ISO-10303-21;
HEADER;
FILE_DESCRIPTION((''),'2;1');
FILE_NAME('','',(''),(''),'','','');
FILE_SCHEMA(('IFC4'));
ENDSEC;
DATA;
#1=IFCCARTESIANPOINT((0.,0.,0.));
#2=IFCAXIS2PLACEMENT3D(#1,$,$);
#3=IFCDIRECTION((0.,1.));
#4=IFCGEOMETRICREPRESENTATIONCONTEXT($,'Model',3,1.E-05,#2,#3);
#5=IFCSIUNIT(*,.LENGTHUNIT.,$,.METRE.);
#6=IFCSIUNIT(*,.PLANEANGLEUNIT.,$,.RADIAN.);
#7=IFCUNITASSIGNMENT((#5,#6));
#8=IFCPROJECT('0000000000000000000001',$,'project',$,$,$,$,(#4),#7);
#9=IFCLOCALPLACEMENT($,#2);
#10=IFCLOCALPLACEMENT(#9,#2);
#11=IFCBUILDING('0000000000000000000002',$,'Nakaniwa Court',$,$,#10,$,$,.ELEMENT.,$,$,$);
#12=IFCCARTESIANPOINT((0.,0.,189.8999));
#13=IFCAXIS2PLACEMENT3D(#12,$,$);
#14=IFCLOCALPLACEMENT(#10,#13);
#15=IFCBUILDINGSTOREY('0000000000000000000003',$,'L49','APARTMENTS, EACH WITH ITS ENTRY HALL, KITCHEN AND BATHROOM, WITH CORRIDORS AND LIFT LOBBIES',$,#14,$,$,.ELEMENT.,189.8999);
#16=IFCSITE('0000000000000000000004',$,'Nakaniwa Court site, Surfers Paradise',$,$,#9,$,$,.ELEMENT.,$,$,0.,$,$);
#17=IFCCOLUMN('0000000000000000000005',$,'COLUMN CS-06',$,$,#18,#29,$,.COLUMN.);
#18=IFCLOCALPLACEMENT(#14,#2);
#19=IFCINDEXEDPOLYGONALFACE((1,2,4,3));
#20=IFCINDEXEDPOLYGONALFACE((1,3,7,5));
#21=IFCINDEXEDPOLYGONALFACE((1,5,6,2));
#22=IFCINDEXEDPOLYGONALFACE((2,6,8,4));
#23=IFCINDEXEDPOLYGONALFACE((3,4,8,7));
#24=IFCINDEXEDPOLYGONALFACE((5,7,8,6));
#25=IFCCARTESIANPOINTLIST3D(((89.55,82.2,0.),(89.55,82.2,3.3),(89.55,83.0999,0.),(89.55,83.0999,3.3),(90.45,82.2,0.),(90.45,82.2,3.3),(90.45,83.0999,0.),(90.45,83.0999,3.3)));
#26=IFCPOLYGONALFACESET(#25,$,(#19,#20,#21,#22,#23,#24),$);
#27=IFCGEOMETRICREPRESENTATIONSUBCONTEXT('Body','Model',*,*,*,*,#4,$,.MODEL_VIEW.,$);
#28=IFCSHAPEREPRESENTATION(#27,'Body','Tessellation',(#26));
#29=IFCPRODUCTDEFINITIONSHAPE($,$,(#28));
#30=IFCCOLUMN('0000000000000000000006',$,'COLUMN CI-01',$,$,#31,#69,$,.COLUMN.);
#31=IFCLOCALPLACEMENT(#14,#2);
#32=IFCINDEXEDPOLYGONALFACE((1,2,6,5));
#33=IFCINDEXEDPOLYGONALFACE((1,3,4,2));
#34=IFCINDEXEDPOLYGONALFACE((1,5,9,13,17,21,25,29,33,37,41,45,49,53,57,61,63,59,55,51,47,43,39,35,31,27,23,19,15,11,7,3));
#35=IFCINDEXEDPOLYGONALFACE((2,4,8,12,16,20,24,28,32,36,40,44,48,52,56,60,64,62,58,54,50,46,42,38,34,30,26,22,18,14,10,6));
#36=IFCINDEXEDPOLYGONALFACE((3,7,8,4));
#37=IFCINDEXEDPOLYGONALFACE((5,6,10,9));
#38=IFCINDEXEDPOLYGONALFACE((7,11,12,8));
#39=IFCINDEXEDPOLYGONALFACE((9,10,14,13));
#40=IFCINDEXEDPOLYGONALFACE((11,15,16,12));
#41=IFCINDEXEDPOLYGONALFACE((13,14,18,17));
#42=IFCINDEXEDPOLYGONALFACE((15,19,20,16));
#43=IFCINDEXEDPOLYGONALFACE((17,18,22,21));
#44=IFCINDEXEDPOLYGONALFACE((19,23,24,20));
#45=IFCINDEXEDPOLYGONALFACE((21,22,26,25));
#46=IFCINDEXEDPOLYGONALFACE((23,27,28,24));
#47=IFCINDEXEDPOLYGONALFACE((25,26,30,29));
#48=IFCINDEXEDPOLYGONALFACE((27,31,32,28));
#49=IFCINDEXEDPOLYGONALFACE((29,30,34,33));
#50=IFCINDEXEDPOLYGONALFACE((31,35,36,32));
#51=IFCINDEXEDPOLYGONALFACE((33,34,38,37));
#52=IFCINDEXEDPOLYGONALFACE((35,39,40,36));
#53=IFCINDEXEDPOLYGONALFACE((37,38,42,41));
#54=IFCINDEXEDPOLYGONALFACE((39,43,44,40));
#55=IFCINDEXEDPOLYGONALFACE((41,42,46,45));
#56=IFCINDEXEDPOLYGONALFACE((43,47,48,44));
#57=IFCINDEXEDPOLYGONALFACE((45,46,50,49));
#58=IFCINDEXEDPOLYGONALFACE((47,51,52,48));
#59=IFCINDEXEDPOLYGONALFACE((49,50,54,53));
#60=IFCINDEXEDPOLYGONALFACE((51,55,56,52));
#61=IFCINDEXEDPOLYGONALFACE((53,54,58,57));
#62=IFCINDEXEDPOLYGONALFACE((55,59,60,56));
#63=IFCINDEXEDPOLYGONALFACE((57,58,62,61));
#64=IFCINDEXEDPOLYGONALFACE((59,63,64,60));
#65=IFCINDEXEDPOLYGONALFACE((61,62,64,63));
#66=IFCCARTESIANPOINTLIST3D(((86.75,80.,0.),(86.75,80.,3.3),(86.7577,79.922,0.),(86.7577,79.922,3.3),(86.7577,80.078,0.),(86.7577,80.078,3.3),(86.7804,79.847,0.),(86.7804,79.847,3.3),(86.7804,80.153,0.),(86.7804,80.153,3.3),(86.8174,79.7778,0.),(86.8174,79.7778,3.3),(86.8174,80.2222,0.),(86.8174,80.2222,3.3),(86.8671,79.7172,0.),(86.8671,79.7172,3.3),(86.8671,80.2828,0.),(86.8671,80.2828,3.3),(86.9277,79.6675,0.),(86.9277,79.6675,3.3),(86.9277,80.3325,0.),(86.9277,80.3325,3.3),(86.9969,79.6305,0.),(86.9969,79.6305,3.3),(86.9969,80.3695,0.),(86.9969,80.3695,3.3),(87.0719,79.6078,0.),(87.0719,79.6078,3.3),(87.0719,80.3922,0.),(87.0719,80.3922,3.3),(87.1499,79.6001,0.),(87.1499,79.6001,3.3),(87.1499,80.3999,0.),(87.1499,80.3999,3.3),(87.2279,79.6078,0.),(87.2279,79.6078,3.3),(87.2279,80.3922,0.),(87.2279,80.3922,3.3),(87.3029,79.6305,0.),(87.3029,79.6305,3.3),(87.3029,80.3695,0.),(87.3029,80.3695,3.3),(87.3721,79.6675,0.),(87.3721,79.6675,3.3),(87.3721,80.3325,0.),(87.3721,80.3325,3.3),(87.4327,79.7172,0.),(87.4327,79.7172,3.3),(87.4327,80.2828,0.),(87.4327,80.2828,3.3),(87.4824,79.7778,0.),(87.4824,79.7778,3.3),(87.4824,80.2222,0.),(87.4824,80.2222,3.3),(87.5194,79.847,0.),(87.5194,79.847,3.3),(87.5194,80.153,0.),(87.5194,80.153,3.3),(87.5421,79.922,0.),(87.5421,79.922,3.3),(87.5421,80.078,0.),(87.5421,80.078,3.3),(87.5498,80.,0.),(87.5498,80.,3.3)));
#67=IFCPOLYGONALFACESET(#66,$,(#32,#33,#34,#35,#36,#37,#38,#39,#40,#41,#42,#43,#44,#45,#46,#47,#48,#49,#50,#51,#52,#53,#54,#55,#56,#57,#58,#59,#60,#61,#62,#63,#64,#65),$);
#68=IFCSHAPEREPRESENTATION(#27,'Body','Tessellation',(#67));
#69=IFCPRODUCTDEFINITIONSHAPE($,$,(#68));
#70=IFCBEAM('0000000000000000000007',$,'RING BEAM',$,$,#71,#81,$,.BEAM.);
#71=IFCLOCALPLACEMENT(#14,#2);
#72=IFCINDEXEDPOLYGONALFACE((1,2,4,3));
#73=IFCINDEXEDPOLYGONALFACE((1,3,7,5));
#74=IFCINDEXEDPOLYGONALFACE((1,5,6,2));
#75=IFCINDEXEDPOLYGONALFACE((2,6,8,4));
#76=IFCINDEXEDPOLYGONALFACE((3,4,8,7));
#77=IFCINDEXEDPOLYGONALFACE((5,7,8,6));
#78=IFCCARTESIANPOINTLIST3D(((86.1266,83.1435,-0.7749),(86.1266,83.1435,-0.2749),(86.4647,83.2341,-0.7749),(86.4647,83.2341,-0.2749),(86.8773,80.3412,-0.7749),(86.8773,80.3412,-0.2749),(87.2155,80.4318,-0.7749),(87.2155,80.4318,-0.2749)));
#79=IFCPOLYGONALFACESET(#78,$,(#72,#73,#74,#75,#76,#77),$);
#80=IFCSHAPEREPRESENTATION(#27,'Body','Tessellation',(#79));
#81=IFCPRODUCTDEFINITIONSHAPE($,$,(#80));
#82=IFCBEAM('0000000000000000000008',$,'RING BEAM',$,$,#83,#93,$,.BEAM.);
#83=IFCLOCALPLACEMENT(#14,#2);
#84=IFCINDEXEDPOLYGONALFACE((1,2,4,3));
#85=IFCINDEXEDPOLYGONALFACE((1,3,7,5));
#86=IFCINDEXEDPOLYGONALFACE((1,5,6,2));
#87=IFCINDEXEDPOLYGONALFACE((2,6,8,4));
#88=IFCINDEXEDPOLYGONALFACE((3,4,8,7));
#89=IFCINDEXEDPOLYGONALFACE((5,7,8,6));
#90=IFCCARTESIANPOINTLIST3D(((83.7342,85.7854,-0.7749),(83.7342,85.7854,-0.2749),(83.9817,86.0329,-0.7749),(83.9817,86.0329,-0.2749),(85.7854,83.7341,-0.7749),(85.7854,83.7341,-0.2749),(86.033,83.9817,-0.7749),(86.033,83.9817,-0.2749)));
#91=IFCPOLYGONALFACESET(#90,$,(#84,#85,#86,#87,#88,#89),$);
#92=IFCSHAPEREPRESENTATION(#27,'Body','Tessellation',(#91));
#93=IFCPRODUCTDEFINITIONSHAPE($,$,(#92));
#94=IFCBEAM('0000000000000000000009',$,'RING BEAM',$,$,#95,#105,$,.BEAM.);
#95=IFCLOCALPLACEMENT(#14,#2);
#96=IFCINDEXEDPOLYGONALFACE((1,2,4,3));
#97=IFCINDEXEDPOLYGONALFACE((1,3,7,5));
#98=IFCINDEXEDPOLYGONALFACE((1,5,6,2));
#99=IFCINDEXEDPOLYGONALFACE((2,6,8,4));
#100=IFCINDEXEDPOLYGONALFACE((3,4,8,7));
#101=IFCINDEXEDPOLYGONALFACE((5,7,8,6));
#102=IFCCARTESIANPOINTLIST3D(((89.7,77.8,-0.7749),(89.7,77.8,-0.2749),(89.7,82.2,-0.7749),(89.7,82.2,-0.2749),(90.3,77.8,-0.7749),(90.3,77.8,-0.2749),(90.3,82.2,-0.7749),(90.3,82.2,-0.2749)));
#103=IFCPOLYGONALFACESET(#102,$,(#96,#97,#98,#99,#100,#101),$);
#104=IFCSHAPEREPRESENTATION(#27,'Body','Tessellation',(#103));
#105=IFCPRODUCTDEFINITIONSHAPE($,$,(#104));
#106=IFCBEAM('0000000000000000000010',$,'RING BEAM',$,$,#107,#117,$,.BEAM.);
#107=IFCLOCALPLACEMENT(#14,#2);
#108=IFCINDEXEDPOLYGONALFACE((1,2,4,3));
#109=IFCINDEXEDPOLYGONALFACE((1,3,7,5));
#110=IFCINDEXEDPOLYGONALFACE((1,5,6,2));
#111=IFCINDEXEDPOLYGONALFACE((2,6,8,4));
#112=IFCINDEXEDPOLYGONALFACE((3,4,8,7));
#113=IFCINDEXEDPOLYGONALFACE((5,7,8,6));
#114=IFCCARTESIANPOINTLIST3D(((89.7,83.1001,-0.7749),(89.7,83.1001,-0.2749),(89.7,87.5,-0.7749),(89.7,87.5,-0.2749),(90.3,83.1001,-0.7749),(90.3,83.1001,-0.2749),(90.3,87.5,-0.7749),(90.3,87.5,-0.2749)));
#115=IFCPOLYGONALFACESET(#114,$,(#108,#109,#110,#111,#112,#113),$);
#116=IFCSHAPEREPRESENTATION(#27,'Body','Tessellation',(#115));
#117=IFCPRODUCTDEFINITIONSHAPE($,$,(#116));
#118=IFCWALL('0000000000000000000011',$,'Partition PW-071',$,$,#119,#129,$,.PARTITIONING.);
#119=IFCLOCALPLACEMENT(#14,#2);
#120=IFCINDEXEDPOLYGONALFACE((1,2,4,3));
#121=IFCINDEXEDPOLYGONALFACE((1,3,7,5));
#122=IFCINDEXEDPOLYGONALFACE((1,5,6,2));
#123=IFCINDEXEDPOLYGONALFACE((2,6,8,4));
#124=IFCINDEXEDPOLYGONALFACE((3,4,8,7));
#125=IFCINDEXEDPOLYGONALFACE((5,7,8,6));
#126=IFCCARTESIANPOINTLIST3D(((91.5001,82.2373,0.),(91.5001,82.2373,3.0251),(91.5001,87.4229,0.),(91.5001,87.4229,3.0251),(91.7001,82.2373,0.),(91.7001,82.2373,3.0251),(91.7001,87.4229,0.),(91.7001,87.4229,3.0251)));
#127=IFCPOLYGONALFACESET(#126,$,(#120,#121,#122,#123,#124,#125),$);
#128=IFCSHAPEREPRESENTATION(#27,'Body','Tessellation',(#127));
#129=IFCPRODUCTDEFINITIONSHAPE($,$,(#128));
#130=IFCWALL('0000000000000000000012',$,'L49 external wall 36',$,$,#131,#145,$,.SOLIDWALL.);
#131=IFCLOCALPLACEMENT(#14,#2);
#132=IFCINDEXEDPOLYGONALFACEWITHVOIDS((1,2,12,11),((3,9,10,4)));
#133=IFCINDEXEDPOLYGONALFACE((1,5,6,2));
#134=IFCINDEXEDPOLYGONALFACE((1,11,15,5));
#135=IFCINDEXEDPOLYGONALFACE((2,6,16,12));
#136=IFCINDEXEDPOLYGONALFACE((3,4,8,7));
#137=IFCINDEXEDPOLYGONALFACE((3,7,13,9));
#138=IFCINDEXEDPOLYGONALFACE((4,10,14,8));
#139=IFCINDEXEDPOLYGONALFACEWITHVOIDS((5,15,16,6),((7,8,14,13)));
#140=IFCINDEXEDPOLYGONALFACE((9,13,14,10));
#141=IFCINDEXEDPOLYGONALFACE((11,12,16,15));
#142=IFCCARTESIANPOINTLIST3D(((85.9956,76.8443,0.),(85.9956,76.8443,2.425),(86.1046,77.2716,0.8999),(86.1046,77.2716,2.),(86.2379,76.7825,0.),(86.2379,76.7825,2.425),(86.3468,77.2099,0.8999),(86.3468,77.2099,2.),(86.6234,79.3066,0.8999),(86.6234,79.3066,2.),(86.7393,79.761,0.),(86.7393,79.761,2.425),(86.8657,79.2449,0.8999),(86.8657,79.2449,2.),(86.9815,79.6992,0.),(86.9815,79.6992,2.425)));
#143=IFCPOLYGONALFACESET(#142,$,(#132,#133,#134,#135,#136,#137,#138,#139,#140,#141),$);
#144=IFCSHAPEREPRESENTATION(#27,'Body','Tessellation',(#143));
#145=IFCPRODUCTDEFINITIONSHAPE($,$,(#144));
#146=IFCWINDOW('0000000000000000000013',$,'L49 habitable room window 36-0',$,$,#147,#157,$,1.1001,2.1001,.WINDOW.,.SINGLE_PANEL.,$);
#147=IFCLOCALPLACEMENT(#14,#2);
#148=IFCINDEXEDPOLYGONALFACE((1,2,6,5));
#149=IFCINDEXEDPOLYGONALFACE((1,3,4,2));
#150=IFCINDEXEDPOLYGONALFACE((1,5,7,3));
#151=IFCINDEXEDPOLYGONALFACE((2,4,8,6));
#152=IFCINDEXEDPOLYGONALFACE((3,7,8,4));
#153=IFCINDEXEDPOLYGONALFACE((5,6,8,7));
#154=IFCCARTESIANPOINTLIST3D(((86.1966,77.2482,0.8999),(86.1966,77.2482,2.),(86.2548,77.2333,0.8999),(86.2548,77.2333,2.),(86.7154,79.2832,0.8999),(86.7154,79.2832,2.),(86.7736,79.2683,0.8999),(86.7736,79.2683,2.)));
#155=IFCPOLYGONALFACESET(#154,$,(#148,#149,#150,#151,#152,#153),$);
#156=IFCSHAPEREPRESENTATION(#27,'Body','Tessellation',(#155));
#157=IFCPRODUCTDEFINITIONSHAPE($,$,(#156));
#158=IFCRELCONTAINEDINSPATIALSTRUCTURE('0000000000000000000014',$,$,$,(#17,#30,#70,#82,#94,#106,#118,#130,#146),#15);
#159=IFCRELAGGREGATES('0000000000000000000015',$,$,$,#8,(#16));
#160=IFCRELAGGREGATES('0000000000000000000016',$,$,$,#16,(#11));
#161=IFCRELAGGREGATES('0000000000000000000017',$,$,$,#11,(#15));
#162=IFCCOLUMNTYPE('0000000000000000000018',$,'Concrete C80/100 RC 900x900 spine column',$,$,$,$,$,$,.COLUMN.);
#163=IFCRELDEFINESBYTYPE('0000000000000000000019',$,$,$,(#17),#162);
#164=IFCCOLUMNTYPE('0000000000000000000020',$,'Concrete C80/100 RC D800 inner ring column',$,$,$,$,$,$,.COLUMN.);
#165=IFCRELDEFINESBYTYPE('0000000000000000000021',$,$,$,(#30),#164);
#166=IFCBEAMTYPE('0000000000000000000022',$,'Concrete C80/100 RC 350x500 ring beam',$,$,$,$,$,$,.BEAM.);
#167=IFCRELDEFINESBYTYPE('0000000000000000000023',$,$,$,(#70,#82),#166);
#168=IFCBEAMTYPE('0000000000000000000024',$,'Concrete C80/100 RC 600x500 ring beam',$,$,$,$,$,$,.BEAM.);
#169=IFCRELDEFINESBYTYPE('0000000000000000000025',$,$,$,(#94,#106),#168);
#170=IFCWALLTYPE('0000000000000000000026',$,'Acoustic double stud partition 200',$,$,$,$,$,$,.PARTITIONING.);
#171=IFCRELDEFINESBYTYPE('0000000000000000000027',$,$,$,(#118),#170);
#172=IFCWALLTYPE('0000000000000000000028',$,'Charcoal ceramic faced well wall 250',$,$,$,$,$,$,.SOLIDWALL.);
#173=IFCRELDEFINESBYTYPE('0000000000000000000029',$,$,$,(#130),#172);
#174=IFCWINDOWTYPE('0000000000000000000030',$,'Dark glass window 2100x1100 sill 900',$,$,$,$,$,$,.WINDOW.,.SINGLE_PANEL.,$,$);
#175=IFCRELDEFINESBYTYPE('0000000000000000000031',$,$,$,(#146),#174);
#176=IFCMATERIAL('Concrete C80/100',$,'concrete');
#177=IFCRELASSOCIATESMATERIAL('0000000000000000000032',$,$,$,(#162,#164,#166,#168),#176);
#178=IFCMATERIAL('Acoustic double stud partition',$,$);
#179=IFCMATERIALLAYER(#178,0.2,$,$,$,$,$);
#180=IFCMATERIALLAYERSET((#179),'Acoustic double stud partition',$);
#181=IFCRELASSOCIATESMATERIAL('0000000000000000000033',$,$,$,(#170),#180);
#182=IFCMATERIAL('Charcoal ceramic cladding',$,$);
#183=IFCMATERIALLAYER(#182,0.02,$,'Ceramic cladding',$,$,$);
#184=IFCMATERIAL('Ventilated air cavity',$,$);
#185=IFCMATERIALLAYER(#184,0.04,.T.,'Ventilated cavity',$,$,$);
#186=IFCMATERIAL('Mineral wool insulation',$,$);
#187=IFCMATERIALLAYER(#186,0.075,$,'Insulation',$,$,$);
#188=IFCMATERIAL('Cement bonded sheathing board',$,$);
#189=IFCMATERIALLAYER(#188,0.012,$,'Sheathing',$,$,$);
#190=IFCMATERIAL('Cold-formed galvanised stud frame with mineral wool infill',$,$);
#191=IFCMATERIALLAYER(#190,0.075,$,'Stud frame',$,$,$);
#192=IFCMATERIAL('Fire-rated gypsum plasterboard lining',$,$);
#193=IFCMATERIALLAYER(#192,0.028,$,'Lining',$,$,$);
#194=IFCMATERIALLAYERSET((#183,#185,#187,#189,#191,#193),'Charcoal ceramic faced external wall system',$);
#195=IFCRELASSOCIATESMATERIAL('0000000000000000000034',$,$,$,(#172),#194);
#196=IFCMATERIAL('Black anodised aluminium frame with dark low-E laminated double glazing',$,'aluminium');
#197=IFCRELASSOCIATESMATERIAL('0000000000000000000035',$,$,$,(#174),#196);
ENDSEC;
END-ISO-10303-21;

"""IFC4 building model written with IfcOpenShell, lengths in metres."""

from ifc_helpers import new_model, si_unit, direction, frame, frame_2d, origin, origin_2d, place, context, subcontext, project, spatial, rectangle, circle, extrude, material, layer, layer_set, material_profile, profile_set, type_object, element, fill, save


model = new_model("IFC4")

# Units and contexts
model_context = context("Model", 3, precision=1e-05, world=origin(), true_north=direction((0.0, 1.0)))
body_context = subcontext(model_context, "Body", "Model", "MODEL_VIEW")
ifc_project = project(units=[si_unit("LENGTHUNIT", "METRE"), si_unit("PLANEANGLEUNIT", "RADIAN")], contexts=[model_context])

# Site, building, storey
site_placement = place(None, origin())
site = spatial("IfcSite", under=ifc_project, at=site_placement, Name="Nakaniwa Court site, Surfers Paradise", CompositionType="ELEMENT", RefElevation=0.0)
building_placement = place(site_placement, origin())
building = spatial("IfcBuilding", under=site, at=building_placement, Name="Nakaniwa Court", CompositionType="ELEMENT")
storey_placement = place(building_placement, frame((0.0, 0.0, 189.8999)))
storey = spatial("IfcBuildingStorey", under=building, at=storey_placement, Name="L49", Description="APARTMENTS, EACH WITH ITS ENTRY HALL, KITCHEN AND BATHROOM, WITH CORRIDORS AND LIFT LOBBIES", CompositionType="ELEMENT", Elevation=189.8999)

# Columns
ifc_material_1 = material(Name="Concrete C80/100", Category="concrete")
ifc_material_profile_1 = material_profile(ifc_material_1, rectangle(XDim=0.8999, YDim=0.8999, at=origin_2d()), Name="Concrete C80/100 RC 900x900 spine column")
ifc_profile_set_1 = profile_set([ifc_material_profile_1], Name="Concrete C80/100")
column_type_1 = type_object("IfcColumnType", Name="Concrete C80/100 RC 900x900 spine column", PredefinedType="COLUMN", material=ifc_profile_set_1)
column_placement = place(storey_placement, frame((90.0, 82.6499, 0.0), z_axis=(0.0, 0.0, 1.0), x_axis=(0.0, 1.0, 0.0)))
element("IfcColumn", 1, at=column_placement, inside=storey, type_object=column_type_1, Name="COLUMN CS-06", PredefinedType="COLUMN", context=body_context, shape_type="SweptSolid", body=[
    extrude(rectangle(XDim=0.8999, YDim=0.8999, at=origin_2d()), origin(), (0.0, 0.0, 1.0), 3.3),
])
ifc_material_profile_2 = material_profile(ifc_material_1, circle(Radius=0.3999, at=origin_2d()), Name="Concrete C80/100 RC D800 inner ring column")
ifc_profile_set_2 = profile_set([ifc_material_profile_2], Name="Concrete C80/100")
column_type_2 = type_object("IfcColumnType", Name="Concrete C80/100 RC D800 inner ring column", PredefinedType="COLUMN", material=ifc_profile_set_2)
for number, where, z_axis, x_axis, name in (
    (2, (87.1499, 80.0, 0.0), (0.0, 0.0, 1.0), (0.0, 1.0, 0.0), "COLUMN CI-01"),
):
    element("IfcColumn", number, at=place(storey_placement, frame(where, z_axis=z_axis, x_axis=x_axis)), inside=storey, type_object=column_type_2, Name=name, PredefinedType="COLUMN", context=body_context, shape_type="SweptSolid", body=[
        extrude(circle(Radius=0.3999, at=origin_2d()), origin(), (0.0, 0.0, 1.0), 3.3),
    ])

# Beams
ifc_material_profile_3 = material_profile(ifc_material_1, rectangle(XDim=0.3501, YDim=0.5, at=origin_2d()), Name="Concrete C80/100 RC 350x500 ring beam")
ifc_profile_set_3 = profile_set([ifc_material_profile_3], Name="Concrete C80/100")
beam_type_1 = type_object("IfcBeamType", Name="Concrete C80/100 RC 350x500 ring beam", PredefinedType="BEAM", material=ifc_profile_set_3)
beam_1_placement = place(storey_placement, frame((87.0464, 80.3865, -0.5249), z_axis=(-0.258778, 0.965937, 0.0), x_axis=(-0.965937, -0.258778, 0.0)))
element("IfcBeam", 3, at=beam_1_placement, inside=storey, type_object=beam_type_1, Name="RING BEAM", PredefinedType="BEAM", context=body_context, shape_type="SweptSolid", body=[
    extrude(rectangle(XDim=0.3501, YDim=0.5, at=origin_2d()), origin(), (0.0, 0.0, 1.0), 2.9011),
])
beam_2_placement = place(storey_placement, frame((85.9092, 83.8579, -0.5249), z_axis=(-0.707107, 0.707107, 0.0), x_axis=(-0.707107, -0.707107, 0.0)))
element("IfcBeam", 4, at=beam_2_placement, inside=storey, type_object=beam_type_1, Name="RING BEAM", PredefinedType="BEAM", context=body_context, shape_type="SweptSolid", body=[
    extrude(rectangle(XDim=0.3501, YDim=0.5, at=origin_2d()), origin(), (0.0, 0.0, 1.0), 2.9009),
])
ifc_material_profile_4 = material_profile(ifc_material_1, rectangle(XDim=0.6001, YDim=0.5, at=origin_2d()), Name="Concrete C80/100 RC 600x500 ring beam")
ifc_profile_set_4 = profile_set([ifc_material_profile_4], Name="Concrete C80/100")
beam_type_2 = type_object("IfcBeamType", Name="Concrete C80/100 RC 600x500 ring beam", PredefinedType="BEAM", material=ifc_profile_set_4)
for number, where, z_axis, x_axis, name in (
    (5, (90.0, 77.8, -0.5249), (0.0, 1.0, 0.0), (-1.0, 0.0, 0.0), "RING BEAM"),
    (6, (90.0, 83.1001, -0.5249), (0.0, 1.0, 0.0), (-1.0, 0.0, 0.0), "RING BEAM"),
):
    element("IfcBeam", number, at=place(storey_placement, frame(where, z_axis=z_axis, x_axis=x_axis)), inside=storey, type_object=beam_type_2, Name=name, PredefinedType="BEAM", context=body_context, shape_type="SweptSolid", body=[
        extrude(rectangle(XDim=0.6001, YDim=0.5, at=origin_2d()), origin(), (0.0, 0.0, 1.0), 4.3999),
    ])

# Wall
ifc_material_2 = material(Name="Acoustic double stud partition")
ifc_layer_1 = layer(ifc_material_2, 0.2)
ifc_layer_set_1 = layer_set([ifc_layer_1], Name="Acoustic double stud partition")
wall_type_1 = type_object("IfcWallType", Name="Acoustic double stud partition 200", PredefinedType="PARTITIONING", material=ifc_layer_set_1)
wall_1_placement = place(storey_placement, frame((91.6001, 82.2373, 0.0), z_axis=(0.0, 0.0, 1.0), x_axis=(0.0, 1.0, 0.0)))
element("IfcWall", 7, at=wall_1_placement, inside=storey, type_object=wall_type_1, Name="Partition PW-071", PredefinedType="PARTITIONING", context=body_context, shape_type="SweptSolid", body=[
    extrude(rectangle(XDim=5.1855, YDim=0.2, at=frame_2d((2.5928, 0.0))), origin(), (0.0, 0.0, 1.0), 3.0251),
])

# Wall, opening, window
ifc_material_3 = material(Name="Charcoal ceramic cladding")
ifc_layer_2 = layer(ifc_material_3, 0.02, Name="Ceramic cladding")
ifc_material_4 = material(Name="Ventilated air cavity")
ifc_layer_3 = layer(ifc_material_4, 0.04, ventilated=True, Name="Ventilated cavity")
ifc_material_5 = material(Name="Mineral wool insulation")
ifc_layer_4 = layer(ifc_material_5, 0.075, Name="Insulation")
ifc_material_6 = material(Name="Cement bonded sheathing board")
ifc_layer_5 = layer(ifc_material_6, 0.012, Name="Sheathing")
ifc_material_7 = material(Name="Cold-formed galvanised stud frame with mineral wool infill")
ifc_layer_6 = layer(ifc_material_7, 0.075, Name="Stud frame")
ifc_material_8 = material(Name="Fire-rated gypsum plasterboard lining")
ifc_layer_7 = layer(ifc_material_8, 0.028, Name="Lining")
ifc_layer_set_2 = layer_set([ifc_layer_2, ifc_layer_3, ifc_layer_4, ifc_layer_5, ifc_layer_6, ifc_layer_7], Name="Charcoal ceramic faced external wall system")
wall_type_2 = type_object("IfcWallType", Name="Charcoal ceramic faced well wall 250", PredefinedType="SOLIDWALL", material=ifc_layer_set_2)
wall_2_placement = place(storey_placement, frame((86.8604, 79.73, 0.0), z_axis=(0.0, 0.0, 1.0), x_axis=(-0.247056, -0.969001, 0.0)))
wall_2 = element("IfcWall", 8, at=wall_2_placement, inside=storey, type_object=wall_type_2, Name="L49 external wall 36", PredefinedType="SOLIDWALL", context=body_context, shape_type="SweptSolid", body=[
    extrude(rectangle(XDim=3.01, YDim=0.25, at=frame_2d((1.5049, 0.0))), origin(), (0.0, 0.0, 1.0), 2.425),
])
opening_1_placement = place(wall_2_placement, frame((0.4688, 0.0, 0.8999)))
opening_1 = element("IfcOpeningElement", 9, at=opening_1_placement, cuts=wall_2, PredefinedType="OPENING", context=body_context, shape_type="SweptSolid", body=[
    extrude(rectangle(XDim=2.1001, YDim=1.1001, at=frame_2d((1.05, 0.55))), frame((0.0, 0.135, 0.0), z_axis=(0.0, -1.0, 0.0), x_axis=(1.0, 0.0, 0.0)), (0.0, 0.0, 1.0), 0.27),
])
ifc_material_9 = material(Name="Black anodised aluminium frame with dark low-E laminated double glazing", Category="aluminium")
window_type = type_object("IfcWindowType", Name="Dark glass window 2100x1100 sill 900", PartitioningType="SINGLE_PANEL", PredefinedType="WINDOW", material=ifc_material_9)
window_1_placement = place(opening_1_placement, origin())
window_1 = element("IfcWindow", 10, at=window_1_placement, inside=storey, type_object=window_type, Name="L49 habitable room window 36-0", OverallHeight=1.1001, OverallWidth=2.1001, PartitioningType="SINGLE_PANEL", PredefinedType="WINDOW", context=body_context, shape_type="SweptSolid", body=[
    extrude(rectangle(XDim=2.1001, YDim=1.1001, at=frame_2d((1.05, 0.55))), frame((0.0, 0.03, 0.0), z_axis=(0.0, -1.0, 0.0), x_axis=(1.0, 0.0, 0.0)), (0.0, 0.0, 1.0), 0.0601),
])
fill(opening_1, window_1)

save(model, "model.ifc")
